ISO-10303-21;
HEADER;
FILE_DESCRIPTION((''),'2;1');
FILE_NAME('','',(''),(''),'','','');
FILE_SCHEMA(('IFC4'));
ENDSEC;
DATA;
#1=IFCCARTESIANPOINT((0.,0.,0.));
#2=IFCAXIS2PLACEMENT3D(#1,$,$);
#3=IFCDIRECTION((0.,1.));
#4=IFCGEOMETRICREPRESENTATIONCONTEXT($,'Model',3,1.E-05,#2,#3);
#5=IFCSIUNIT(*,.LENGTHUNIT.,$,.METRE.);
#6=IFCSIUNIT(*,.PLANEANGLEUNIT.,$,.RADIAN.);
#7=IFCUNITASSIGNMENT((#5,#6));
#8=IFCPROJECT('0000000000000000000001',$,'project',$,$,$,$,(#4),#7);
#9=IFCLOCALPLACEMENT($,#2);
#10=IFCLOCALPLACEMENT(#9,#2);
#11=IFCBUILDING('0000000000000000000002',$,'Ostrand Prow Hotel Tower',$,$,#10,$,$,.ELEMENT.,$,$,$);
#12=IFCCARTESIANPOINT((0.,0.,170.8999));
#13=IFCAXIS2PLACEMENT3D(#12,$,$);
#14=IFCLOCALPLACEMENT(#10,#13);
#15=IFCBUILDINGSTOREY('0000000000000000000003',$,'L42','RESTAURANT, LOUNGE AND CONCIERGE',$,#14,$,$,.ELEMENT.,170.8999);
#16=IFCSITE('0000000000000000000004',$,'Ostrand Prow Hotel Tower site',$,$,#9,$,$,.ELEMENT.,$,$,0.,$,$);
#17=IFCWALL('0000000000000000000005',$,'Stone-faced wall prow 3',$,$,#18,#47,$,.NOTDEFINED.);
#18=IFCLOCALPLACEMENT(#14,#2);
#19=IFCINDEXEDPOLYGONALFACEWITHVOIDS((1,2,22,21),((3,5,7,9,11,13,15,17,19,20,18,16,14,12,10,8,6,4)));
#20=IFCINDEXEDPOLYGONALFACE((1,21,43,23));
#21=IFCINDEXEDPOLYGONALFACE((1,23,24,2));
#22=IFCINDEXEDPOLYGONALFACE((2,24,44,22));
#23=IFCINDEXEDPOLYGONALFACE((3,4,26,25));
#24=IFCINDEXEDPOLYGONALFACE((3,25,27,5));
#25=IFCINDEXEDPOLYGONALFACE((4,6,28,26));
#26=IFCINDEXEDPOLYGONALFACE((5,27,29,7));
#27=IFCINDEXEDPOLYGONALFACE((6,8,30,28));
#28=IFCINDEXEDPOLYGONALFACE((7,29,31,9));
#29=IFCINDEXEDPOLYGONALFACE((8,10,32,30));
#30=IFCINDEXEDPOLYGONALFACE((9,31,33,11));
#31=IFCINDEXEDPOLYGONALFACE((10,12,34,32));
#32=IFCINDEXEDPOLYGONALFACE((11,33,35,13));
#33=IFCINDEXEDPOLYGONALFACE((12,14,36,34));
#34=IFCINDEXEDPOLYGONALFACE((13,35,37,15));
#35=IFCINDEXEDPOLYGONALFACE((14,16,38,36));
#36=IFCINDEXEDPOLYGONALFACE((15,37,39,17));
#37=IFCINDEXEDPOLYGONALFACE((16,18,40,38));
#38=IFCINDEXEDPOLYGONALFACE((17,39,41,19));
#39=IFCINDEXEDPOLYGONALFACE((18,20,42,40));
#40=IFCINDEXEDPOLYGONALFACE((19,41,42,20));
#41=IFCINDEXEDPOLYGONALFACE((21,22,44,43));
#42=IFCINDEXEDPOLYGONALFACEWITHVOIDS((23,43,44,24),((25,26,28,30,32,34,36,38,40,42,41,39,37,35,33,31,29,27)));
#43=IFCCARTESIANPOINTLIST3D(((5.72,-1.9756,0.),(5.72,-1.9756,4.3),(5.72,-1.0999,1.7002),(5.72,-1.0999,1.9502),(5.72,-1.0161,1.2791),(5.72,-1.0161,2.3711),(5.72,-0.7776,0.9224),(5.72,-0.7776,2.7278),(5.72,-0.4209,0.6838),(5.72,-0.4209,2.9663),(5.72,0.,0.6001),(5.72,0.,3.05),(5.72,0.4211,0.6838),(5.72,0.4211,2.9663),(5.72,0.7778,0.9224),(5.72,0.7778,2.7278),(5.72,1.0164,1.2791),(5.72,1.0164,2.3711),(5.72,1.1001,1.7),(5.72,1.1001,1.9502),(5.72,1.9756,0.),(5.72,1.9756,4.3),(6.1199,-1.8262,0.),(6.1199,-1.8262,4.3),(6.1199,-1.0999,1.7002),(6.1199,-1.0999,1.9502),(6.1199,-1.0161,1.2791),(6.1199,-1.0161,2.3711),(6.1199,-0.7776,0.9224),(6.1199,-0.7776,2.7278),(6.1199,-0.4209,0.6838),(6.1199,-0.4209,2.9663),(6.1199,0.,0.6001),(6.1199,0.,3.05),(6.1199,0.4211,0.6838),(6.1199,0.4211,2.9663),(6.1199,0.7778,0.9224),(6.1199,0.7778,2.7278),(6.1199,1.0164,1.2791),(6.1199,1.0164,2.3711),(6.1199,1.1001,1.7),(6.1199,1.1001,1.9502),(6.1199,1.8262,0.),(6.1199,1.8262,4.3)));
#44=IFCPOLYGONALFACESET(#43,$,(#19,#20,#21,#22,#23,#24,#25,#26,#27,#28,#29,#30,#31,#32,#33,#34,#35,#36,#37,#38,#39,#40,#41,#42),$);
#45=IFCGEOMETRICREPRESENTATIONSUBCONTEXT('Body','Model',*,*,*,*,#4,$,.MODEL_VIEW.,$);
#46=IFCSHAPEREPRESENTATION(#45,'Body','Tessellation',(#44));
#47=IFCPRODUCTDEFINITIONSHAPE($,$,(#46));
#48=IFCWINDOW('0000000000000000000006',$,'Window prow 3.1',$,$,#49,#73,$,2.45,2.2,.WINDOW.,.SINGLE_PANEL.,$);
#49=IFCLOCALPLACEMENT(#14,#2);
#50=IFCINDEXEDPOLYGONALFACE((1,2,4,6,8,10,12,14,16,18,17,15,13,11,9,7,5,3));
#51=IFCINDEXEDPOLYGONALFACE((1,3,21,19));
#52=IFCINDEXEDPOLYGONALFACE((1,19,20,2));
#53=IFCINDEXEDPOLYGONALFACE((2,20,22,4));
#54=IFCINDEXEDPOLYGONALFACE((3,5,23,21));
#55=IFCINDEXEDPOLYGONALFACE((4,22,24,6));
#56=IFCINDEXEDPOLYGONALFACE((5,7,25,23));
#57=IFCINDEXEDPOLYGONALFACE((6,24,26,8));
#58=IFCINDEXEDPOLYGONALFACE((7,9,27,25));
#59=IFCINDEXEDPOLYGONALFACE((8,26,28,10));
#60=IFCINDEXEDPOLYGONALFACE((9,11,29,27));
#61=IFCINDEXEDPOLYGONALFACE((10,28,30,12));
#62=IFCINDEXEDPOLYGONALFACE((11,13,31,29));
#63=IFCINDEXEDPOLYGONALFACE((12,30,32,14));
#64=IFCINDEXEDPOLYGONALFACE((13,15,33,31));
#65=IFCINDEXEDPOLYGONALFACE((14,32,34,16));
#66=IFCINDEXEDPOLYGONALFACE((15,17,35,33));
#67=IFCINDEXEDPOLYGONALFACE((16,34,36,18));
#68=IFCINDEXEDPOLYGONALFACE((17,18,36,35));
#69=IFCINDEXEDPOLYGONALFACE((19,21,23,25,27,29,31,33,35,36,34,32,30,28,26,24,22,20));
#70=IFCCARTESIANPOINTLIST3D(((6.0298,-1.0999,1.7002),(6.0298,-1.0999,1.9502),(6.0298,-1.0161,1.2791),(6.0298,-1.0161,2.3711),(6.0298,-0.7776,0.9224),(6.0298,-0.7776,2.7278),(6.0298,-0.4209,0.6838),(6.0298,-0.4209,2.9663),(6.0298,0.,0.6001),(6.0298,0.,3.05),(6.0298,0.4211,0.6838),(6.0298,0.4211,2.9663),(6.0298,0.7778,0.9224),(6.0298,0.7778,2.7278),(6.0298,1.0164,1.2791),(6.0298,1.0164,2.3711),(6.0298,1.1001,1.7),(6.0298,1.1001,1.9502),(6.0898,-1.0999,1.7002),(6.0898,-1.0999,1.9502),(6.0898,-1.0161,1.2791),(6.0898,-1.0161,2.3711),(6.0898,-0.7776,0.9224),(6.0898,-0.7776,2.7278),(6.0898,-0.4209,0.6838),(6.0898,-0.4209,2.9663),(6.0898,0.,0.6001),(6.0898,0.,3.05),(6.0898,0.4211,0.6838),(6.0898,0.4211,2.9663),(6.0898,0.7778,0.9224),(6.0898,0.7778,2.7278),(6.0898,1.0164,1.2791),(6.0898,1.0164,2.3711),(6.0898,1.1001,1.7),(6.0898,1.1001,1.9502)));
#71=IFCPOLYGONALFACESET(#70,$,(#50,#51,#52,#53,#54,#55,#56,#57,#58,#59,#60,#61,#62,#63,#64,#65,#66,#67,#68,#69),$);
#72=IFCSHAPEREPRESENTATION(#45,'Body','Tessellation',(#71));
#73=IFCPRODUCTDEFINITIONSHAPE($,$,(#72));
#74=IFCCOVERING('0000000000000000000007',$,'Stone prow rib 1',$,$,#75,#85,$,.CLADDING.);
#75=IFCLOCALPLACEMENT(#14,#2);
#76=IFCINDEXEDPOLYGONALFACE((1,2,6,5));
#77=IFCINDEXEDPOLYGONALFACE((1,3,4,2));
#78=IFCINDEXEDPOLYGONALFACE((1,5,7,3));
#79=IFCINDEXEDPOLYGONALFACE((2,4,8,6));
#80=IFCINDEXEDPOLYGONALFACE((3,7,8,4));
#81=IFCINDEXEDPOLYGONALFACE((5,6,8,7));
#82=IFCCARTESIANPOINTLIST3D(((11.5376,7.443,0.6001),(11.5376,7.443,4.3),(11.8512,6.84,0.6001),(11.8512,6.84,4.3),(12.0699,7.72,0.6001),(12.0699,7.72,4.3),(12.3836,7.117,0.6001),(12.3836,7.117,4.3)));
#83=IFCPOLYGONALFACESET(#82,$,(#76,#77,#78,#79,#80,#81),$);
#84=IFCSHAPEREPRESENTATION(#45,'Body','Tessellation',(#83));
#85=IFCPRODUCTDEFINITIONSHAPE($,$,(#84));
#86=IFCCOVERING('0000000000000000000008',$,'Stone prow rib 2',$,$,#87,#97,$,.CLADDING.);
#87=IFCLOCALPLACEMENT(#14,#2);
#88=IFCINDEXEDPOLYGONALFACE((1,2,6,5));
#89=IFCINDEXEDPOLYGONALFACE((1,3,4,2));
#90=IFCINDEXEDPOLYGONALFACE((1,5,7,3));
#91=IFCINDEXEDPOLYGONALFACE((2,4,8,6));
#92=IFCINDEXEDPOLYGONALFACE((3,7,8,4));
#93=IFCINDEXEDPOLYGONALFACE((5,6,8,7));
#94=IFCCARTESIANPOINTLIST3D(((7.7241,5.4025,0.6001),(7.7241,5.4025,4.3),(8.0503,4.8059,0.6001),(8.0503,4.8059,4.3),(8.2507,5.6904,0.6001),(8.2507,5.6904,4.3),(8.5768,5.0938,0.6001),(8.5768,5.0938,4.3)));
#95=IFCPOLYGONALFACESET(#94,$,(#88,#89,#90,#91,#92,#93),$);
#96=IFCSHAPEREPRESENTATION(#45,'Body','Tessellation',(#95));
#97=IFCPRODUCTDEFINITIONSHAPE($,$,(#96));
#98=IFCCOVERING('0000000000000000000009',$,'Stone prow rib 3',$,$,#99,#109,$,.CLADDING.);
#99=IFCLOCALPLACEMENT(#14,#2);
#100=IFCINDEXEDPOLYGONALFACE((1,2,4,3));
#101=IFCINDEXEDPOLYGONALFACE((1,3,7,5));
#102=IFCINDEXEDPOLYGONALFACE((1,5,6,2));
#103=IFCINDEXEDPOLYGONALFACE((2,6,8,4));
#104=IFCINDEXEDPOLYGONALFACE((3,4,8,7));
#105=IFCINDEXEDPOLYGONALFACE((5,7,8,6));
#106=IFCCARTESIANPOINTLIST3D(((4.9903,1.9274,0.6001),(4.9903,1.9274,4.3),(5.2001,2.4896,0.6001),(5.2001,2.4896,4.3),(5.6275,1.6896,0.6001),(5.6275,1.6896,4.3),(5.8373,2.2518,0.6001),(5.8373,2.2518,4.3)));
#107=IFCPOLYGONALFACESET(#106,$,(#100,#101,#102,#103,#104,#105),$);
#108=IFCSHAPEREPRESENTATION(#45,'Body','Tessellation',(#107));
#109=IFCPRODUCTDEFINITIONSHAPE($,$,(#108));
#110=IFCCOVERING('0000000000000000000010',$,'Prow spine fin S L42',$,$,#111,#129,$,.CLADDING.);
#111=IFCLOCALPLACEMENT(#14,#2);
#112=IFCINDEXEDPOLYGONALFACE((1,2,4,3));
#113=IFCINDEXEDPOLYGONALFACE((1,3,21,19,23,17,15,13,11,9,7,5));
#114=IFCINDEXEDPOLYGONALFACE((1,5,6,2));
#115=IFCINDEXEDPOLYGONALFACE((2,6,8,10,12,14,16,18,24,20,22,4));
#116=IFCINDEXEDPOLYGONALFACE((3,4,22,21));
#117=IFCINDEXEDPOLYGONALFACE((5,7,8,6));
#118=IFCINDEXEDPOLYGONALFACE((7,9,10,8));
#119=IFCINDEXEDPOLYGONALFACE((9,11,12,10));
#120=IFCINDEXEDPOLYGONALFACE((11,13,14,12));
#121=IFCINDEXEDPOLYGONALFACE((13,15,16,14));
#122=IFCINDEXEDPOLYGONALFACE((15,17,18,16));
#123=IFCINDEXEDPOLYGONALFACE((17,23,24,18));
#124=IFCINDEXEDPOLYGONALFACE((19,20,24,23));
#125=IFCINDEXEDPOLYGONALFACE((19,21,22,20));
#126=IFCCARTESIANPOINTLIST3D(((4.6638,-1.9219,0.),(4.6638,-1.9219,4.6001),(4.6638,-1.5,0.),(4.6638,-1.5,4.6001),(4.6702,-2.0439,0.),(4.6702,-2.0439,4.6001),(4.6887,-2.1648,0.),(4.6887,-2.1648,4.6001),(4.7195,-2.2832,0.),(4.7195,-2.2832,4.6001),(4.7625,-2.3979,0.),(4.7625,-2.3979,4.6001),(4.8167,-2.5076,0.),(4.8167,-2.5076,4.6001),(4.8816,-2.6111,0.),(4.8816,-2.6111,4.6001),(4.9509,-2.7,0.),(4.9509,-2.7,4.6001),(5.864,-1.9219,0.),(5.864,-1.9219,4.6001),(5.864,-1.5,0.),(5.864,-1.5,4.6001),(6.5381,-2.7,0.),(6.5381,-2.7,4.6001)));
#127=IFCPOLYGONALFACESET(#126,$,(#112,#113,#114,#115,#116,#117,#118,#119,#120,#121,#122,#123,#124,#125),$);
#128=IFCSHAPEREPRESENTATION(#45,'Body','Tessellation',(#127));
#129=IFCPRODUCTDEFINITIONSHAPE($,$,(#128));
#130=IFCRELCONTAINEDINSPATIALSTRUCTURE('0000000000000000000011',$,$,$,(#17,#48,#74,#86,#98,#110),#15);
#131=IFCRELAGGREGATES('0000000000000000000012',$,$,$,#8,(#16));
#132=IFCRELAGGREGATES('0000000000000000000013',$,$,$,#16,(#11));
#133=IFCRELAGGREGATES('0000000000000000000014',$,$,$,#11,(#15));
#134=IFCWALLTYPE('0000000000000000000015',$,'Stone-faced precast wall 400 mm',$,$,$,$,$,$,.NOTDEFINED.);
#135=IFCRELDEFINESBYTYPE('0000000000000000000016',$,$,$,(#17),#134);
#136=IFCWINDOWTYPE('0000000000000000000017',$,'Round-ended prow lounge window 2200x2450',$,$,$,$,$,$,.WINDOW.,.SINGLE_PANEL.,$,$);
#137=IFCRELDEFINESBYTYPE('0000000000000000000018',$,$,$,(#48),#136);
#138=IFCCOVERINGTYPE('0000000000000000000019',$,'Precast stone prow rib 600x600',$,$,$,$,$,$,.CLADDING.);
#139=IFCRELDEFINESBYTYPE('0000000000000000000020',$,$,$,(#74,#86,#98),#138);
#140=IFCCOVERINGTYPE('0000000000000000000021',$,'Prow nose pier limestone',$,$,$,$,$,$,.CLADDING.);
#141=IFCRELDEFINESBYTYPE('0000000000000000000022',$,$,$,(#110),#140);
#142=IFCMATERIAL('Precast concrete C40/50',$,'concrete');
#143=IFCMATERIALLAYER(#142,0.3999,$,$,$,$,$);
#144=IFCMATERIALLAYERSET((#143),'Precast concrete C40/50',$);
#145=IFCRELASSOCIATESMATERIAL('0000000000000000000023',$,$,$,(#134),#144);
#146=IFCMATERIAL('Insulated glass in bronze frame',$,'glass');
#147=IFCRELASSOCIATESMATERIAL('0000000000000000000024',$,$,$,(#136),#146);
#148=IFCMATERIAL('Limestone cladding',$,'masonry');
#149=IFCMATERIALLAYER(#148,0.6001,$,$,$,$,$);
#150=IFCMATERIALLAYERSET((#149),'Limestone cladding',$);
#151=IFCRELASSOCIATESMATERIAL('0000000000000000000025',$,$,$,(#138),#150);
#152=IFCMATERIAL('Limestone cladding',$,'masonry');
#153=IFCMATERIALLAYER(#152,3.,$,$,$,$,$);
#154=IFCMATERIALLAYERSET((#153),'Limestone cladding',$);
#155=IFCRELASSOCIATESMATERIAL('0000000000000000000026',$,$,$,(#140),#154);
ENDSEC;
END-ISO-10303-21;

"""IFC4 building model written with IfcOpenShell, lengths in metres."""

from ifc_helpers import new_model, si_unit, direction, frame, frame_2d, origin, place, context, subcontext, project, spatial, polyline, rectangle, outline, extrude, material, layer, layer_set, type_object, element, fill, save


model = new_model("IFC4")

# Units and contexts
model_context = context("Model", 3, precision=1e-05, world=origin(), true_north=direction((0.0, 1.0)))
body_context = subcontext(model_context, "Body", "Model", "MODEL_VIEW")
ifc_project = project(units=[si_unit("LENGTHUNIT", "METRE"), si_unit("PLANEANGLEUNIT", "RADIAN")], contexts=[model_context])

# Site, building, storey
site_placement = place(None, origin())
site = spatial("IfcSite", under=ifc_project, at=site_placement, Name="Ostrand Prow Hotel Tower site", CompositionType="ELEMENT", RefElevation=0.0)
building_placement = place(site_placement, origin())
building = spatial("IfcBuilding", under=site, at=building_placement, Name="Ostrand Prow Hotel Tower", CompositionType="ELEMENT")
storey_placement = place(building_placement, frame((0.0, 0.0, 170.8999)))
storey = spatial("IfcBuildingStorey", under=building, at=storey_placement, Name="L42", Description="RESTAURANT, LOUNGE AND CONCIERGE", CompositionType="ELEMENT", Elevation=170.8999)

# Wall, opening, window
ifc_material_1 = material(Name="Precast concrete C40/50", Category="concrete")
ifc_layer_1 = layer(ifc_material_1, 0.3999)
ifc_layer_set_1 = layer_set([ifc_layer_1], Name="Precast concrete C40/50")
wall_type_1 = type_object("IfcWallType", Name="Stone-faced precast wall 400 mm", PredefinedType="NOTDEFINED", material=ifc_layer_set_1)
ifc_material_2 = material(Name="Insulated glass in bronze frame", Category="glass")
window_type = type_object("IfcWindowType", Name="Round-ended prow lounge window 2200x2450", PartitioningType="SINGLE_PANEL", PredefinedType="WINDOW", material=ifc_material_2)
wall_1_placement = place(storey_placement, frame((5.9199, 1.9009, 0.0), z_axis=(0.0, 0.0, 1.0), x_axis=(0.0, -1.0, 0.0)))
wall_1 = element("IfcWall", 1, at=wall_1_placement, inside=storey, type_object=wall_type_1, Name="Stone-faced wall prow 3", PredefinedType="NOTDEFINED", context=body_context, shape_type="SweptSolid", body=[
    extrude(outline(polyline([(-0.0747, -0.2), (3.8765, -0.2), (3.7271, 0.2), (0.0747, 0.2), (-0.0747, -0.2)])), origin(), (0.0, 0.0, 1.0), 4.3),
])
opening_1_placement = place(wall_1_placement, frame((0.8008, 0.0, 0.6001)))
opening_1 = element("IfcOpeningElement", 2, at=opening_1_placement, cuts=wall_1, PredefinedType="OPENING", context=body_context, shape_type="SweptSolid", body=[
    extrude(outline(polyline([(0.0, 1.3501), (0.0837, 1.771), (0.3223, 2.1277), (0.679, 2.3662), (1.1001, 2.45), (1.521, 2.3662), (1.8777, 2.1277), (2.1162, 1.771), (2.2, 1.3501), (2.2, 1.1001), (2.1162, 0.679), (1.8777, 0.3223), (1.521, 0.0837), (1.1001, 0.0), (0.679, 0.0837), (0.3223, 0.3223), (0.0837, 0.679), (0.0, 1.0999), (0.0, 1.3501)])), frame((0.0, 0.21, 0.0), z_axis=(0.0, -1.0, 0.0), x_axis=(1.0, 0.0, 0.0)), (0.0, 0.0, 1.0), 0.4199),
])
window_1_placement = place(opening_1_placement, origin())
window_1 = element("IfcWindow", 3, at=window_1_placement, inside=storey, type_object=window_type, Name="Window prow 3.1", OverallHeight=2.45, OverallWidth=2.2, PartitioningType="SINGLE_PANEL", PredefinedType="WINDOW", context=body_context, shape_type="SweptSolid", body=[
    extrude(outline(polyline([(0.0, 1.3501), (0.0837, 1.771), (0.3223, 2.1277), (0.679, 2.3662), (1.1001, 2.45), (1.521, 2.3662), (1.8777, 2.1277), (2.1162, 1.771), (2.2, 1.3501), (2.2, 1.1001), (2.1162, 0.679), (1.8777, 0.3223), (1.521, 0.0837), (1.1001, 0.0), (0.679, 0.0837), (0.3223, 0.3223), (0.0837, 0.679), (0.0, 1.0999), (0.0, 1.3501)])), frame((0.0, 0.1699, 0.0), z_axis=(0.0, -1.0, 0.0), x_axis=(1.0, 0.0, 0.0)), (0.0, 0.0, 1.0), 0.0601),
])
fill(opening_1, window_1)

# Coverings
ifc_material_3 = material(Name="Limestone cladding", Category="masonry")
ifc_layer_2 = layer(ifc_material_3, 0.6001)
ifc_layer_set_2 = layer_set([ifc_layer_2], Name="Limestone cladding")
covering_type_1 = type_object("IfcCoveringType", Name="Precast stone prow rib 600x600", PredefinedType="CLADDING", material=ifc_layer_set_2)
covering_1_placement = place(storey_placement, frame((12.1174, 6.9785, 0.6001), z_axis=(0.0, 0.0, 1.0), x_axis=(-0.461522, 0.887129, 0.0)))
element("IfcCovering", 4, at=covering_1_placement, inside=storey, type_object=covering_type_1, Name="Stone prow rib 1", PredefinedType="CLADDING", context=body_context, shape_type="SweptSolid", body=[
    extrude(rectangle(XDim=0.6797, YDim=0.6001, at=frame_2d((0.3398, 0.0))), origin(), (0.0, 0.0, 1.0), 3.7),
])
covering_2_placement = place(storey_placement, frame((8.3135, 4.95, 0.6001), z_axis=(0.0, 0.0, 1.0), x_axis=(-0.479657, 0.877456, 0.0)))
element("IfcCovering", 5, at=covering_2_placement, inside=storey, type_object=covering_type_1, Name="Stone prow rib 2", PredefinedType="CLADDING", context=body_context, shape_type="SweptSolid", body=[
    extrude(rectangle(XDim=0.6799, YDim=0.6001, at=frame_2d((0.3398, 0.0))), origin(), (0.0, 0.0, 1.0), 3.7),
])
covering_3_placement = place(storey_placement, frame((5.7324, 1.9707, 0.6001), z_axis=(0.0, 0.0, 1.0), x_axis=(-0.936889, 0.349628, 0.0)))
element("IfcCovering", 6, at=covering_3_placement, inside=storey, type_object=covering_type_1, Name="Stone prow rib 3", PredefinedType="CLADDING", context=body_context, shape_type="SweptSolid", body=[
    extrude(rectangle(XDim=0.6802, YDim=0.6001, at=frame_2d((0.3401, 0.0))), origin(), (0.0, 0.0, 1.0), 3.7),
])
ifc_material_4 = material(Name="Limestone cladding", Category="masonry")
ifc_layer_3 = layer(ifc_material_4, 3.0)
ifc_layer_set_3 = layer_set([ifc_layer_3], Name="Limestone cladding")
covering_type_2 = type_object("IfcCoveringType", Name="Prow nose pier limestone", PredefinedType="CLADDING", material=ifc_layer_set_3)
covering_4_placement = place(storey_placement, origin())
element("IfcCovering", 7, at=covering_4_placement, inside=storey, type_object=covering_type_2, Name="Prow spine fin S L42", PredefinedType="CLADDING", context=body_context, shape_type="SweptSolid", body=[
    extrude(outline(polyline([(4.8816, -2.6111), (4.9509, -2.7), (6.5381, -2.7), (5.864, -1.9219), (5.864, -1.5), (4.6638, -1.5), (4.6638, -1.9219), (4.6702, -2.0439), (4.6887, -2.1648), (4.7195, -2.2832), (4.7625, -2.3979), (4.8167, -2.5076), (4.8816, -2.6111)])), origin(), (0.0, 0.0, 1.0), 4.6001),
])

save(model, "model.ifc")
